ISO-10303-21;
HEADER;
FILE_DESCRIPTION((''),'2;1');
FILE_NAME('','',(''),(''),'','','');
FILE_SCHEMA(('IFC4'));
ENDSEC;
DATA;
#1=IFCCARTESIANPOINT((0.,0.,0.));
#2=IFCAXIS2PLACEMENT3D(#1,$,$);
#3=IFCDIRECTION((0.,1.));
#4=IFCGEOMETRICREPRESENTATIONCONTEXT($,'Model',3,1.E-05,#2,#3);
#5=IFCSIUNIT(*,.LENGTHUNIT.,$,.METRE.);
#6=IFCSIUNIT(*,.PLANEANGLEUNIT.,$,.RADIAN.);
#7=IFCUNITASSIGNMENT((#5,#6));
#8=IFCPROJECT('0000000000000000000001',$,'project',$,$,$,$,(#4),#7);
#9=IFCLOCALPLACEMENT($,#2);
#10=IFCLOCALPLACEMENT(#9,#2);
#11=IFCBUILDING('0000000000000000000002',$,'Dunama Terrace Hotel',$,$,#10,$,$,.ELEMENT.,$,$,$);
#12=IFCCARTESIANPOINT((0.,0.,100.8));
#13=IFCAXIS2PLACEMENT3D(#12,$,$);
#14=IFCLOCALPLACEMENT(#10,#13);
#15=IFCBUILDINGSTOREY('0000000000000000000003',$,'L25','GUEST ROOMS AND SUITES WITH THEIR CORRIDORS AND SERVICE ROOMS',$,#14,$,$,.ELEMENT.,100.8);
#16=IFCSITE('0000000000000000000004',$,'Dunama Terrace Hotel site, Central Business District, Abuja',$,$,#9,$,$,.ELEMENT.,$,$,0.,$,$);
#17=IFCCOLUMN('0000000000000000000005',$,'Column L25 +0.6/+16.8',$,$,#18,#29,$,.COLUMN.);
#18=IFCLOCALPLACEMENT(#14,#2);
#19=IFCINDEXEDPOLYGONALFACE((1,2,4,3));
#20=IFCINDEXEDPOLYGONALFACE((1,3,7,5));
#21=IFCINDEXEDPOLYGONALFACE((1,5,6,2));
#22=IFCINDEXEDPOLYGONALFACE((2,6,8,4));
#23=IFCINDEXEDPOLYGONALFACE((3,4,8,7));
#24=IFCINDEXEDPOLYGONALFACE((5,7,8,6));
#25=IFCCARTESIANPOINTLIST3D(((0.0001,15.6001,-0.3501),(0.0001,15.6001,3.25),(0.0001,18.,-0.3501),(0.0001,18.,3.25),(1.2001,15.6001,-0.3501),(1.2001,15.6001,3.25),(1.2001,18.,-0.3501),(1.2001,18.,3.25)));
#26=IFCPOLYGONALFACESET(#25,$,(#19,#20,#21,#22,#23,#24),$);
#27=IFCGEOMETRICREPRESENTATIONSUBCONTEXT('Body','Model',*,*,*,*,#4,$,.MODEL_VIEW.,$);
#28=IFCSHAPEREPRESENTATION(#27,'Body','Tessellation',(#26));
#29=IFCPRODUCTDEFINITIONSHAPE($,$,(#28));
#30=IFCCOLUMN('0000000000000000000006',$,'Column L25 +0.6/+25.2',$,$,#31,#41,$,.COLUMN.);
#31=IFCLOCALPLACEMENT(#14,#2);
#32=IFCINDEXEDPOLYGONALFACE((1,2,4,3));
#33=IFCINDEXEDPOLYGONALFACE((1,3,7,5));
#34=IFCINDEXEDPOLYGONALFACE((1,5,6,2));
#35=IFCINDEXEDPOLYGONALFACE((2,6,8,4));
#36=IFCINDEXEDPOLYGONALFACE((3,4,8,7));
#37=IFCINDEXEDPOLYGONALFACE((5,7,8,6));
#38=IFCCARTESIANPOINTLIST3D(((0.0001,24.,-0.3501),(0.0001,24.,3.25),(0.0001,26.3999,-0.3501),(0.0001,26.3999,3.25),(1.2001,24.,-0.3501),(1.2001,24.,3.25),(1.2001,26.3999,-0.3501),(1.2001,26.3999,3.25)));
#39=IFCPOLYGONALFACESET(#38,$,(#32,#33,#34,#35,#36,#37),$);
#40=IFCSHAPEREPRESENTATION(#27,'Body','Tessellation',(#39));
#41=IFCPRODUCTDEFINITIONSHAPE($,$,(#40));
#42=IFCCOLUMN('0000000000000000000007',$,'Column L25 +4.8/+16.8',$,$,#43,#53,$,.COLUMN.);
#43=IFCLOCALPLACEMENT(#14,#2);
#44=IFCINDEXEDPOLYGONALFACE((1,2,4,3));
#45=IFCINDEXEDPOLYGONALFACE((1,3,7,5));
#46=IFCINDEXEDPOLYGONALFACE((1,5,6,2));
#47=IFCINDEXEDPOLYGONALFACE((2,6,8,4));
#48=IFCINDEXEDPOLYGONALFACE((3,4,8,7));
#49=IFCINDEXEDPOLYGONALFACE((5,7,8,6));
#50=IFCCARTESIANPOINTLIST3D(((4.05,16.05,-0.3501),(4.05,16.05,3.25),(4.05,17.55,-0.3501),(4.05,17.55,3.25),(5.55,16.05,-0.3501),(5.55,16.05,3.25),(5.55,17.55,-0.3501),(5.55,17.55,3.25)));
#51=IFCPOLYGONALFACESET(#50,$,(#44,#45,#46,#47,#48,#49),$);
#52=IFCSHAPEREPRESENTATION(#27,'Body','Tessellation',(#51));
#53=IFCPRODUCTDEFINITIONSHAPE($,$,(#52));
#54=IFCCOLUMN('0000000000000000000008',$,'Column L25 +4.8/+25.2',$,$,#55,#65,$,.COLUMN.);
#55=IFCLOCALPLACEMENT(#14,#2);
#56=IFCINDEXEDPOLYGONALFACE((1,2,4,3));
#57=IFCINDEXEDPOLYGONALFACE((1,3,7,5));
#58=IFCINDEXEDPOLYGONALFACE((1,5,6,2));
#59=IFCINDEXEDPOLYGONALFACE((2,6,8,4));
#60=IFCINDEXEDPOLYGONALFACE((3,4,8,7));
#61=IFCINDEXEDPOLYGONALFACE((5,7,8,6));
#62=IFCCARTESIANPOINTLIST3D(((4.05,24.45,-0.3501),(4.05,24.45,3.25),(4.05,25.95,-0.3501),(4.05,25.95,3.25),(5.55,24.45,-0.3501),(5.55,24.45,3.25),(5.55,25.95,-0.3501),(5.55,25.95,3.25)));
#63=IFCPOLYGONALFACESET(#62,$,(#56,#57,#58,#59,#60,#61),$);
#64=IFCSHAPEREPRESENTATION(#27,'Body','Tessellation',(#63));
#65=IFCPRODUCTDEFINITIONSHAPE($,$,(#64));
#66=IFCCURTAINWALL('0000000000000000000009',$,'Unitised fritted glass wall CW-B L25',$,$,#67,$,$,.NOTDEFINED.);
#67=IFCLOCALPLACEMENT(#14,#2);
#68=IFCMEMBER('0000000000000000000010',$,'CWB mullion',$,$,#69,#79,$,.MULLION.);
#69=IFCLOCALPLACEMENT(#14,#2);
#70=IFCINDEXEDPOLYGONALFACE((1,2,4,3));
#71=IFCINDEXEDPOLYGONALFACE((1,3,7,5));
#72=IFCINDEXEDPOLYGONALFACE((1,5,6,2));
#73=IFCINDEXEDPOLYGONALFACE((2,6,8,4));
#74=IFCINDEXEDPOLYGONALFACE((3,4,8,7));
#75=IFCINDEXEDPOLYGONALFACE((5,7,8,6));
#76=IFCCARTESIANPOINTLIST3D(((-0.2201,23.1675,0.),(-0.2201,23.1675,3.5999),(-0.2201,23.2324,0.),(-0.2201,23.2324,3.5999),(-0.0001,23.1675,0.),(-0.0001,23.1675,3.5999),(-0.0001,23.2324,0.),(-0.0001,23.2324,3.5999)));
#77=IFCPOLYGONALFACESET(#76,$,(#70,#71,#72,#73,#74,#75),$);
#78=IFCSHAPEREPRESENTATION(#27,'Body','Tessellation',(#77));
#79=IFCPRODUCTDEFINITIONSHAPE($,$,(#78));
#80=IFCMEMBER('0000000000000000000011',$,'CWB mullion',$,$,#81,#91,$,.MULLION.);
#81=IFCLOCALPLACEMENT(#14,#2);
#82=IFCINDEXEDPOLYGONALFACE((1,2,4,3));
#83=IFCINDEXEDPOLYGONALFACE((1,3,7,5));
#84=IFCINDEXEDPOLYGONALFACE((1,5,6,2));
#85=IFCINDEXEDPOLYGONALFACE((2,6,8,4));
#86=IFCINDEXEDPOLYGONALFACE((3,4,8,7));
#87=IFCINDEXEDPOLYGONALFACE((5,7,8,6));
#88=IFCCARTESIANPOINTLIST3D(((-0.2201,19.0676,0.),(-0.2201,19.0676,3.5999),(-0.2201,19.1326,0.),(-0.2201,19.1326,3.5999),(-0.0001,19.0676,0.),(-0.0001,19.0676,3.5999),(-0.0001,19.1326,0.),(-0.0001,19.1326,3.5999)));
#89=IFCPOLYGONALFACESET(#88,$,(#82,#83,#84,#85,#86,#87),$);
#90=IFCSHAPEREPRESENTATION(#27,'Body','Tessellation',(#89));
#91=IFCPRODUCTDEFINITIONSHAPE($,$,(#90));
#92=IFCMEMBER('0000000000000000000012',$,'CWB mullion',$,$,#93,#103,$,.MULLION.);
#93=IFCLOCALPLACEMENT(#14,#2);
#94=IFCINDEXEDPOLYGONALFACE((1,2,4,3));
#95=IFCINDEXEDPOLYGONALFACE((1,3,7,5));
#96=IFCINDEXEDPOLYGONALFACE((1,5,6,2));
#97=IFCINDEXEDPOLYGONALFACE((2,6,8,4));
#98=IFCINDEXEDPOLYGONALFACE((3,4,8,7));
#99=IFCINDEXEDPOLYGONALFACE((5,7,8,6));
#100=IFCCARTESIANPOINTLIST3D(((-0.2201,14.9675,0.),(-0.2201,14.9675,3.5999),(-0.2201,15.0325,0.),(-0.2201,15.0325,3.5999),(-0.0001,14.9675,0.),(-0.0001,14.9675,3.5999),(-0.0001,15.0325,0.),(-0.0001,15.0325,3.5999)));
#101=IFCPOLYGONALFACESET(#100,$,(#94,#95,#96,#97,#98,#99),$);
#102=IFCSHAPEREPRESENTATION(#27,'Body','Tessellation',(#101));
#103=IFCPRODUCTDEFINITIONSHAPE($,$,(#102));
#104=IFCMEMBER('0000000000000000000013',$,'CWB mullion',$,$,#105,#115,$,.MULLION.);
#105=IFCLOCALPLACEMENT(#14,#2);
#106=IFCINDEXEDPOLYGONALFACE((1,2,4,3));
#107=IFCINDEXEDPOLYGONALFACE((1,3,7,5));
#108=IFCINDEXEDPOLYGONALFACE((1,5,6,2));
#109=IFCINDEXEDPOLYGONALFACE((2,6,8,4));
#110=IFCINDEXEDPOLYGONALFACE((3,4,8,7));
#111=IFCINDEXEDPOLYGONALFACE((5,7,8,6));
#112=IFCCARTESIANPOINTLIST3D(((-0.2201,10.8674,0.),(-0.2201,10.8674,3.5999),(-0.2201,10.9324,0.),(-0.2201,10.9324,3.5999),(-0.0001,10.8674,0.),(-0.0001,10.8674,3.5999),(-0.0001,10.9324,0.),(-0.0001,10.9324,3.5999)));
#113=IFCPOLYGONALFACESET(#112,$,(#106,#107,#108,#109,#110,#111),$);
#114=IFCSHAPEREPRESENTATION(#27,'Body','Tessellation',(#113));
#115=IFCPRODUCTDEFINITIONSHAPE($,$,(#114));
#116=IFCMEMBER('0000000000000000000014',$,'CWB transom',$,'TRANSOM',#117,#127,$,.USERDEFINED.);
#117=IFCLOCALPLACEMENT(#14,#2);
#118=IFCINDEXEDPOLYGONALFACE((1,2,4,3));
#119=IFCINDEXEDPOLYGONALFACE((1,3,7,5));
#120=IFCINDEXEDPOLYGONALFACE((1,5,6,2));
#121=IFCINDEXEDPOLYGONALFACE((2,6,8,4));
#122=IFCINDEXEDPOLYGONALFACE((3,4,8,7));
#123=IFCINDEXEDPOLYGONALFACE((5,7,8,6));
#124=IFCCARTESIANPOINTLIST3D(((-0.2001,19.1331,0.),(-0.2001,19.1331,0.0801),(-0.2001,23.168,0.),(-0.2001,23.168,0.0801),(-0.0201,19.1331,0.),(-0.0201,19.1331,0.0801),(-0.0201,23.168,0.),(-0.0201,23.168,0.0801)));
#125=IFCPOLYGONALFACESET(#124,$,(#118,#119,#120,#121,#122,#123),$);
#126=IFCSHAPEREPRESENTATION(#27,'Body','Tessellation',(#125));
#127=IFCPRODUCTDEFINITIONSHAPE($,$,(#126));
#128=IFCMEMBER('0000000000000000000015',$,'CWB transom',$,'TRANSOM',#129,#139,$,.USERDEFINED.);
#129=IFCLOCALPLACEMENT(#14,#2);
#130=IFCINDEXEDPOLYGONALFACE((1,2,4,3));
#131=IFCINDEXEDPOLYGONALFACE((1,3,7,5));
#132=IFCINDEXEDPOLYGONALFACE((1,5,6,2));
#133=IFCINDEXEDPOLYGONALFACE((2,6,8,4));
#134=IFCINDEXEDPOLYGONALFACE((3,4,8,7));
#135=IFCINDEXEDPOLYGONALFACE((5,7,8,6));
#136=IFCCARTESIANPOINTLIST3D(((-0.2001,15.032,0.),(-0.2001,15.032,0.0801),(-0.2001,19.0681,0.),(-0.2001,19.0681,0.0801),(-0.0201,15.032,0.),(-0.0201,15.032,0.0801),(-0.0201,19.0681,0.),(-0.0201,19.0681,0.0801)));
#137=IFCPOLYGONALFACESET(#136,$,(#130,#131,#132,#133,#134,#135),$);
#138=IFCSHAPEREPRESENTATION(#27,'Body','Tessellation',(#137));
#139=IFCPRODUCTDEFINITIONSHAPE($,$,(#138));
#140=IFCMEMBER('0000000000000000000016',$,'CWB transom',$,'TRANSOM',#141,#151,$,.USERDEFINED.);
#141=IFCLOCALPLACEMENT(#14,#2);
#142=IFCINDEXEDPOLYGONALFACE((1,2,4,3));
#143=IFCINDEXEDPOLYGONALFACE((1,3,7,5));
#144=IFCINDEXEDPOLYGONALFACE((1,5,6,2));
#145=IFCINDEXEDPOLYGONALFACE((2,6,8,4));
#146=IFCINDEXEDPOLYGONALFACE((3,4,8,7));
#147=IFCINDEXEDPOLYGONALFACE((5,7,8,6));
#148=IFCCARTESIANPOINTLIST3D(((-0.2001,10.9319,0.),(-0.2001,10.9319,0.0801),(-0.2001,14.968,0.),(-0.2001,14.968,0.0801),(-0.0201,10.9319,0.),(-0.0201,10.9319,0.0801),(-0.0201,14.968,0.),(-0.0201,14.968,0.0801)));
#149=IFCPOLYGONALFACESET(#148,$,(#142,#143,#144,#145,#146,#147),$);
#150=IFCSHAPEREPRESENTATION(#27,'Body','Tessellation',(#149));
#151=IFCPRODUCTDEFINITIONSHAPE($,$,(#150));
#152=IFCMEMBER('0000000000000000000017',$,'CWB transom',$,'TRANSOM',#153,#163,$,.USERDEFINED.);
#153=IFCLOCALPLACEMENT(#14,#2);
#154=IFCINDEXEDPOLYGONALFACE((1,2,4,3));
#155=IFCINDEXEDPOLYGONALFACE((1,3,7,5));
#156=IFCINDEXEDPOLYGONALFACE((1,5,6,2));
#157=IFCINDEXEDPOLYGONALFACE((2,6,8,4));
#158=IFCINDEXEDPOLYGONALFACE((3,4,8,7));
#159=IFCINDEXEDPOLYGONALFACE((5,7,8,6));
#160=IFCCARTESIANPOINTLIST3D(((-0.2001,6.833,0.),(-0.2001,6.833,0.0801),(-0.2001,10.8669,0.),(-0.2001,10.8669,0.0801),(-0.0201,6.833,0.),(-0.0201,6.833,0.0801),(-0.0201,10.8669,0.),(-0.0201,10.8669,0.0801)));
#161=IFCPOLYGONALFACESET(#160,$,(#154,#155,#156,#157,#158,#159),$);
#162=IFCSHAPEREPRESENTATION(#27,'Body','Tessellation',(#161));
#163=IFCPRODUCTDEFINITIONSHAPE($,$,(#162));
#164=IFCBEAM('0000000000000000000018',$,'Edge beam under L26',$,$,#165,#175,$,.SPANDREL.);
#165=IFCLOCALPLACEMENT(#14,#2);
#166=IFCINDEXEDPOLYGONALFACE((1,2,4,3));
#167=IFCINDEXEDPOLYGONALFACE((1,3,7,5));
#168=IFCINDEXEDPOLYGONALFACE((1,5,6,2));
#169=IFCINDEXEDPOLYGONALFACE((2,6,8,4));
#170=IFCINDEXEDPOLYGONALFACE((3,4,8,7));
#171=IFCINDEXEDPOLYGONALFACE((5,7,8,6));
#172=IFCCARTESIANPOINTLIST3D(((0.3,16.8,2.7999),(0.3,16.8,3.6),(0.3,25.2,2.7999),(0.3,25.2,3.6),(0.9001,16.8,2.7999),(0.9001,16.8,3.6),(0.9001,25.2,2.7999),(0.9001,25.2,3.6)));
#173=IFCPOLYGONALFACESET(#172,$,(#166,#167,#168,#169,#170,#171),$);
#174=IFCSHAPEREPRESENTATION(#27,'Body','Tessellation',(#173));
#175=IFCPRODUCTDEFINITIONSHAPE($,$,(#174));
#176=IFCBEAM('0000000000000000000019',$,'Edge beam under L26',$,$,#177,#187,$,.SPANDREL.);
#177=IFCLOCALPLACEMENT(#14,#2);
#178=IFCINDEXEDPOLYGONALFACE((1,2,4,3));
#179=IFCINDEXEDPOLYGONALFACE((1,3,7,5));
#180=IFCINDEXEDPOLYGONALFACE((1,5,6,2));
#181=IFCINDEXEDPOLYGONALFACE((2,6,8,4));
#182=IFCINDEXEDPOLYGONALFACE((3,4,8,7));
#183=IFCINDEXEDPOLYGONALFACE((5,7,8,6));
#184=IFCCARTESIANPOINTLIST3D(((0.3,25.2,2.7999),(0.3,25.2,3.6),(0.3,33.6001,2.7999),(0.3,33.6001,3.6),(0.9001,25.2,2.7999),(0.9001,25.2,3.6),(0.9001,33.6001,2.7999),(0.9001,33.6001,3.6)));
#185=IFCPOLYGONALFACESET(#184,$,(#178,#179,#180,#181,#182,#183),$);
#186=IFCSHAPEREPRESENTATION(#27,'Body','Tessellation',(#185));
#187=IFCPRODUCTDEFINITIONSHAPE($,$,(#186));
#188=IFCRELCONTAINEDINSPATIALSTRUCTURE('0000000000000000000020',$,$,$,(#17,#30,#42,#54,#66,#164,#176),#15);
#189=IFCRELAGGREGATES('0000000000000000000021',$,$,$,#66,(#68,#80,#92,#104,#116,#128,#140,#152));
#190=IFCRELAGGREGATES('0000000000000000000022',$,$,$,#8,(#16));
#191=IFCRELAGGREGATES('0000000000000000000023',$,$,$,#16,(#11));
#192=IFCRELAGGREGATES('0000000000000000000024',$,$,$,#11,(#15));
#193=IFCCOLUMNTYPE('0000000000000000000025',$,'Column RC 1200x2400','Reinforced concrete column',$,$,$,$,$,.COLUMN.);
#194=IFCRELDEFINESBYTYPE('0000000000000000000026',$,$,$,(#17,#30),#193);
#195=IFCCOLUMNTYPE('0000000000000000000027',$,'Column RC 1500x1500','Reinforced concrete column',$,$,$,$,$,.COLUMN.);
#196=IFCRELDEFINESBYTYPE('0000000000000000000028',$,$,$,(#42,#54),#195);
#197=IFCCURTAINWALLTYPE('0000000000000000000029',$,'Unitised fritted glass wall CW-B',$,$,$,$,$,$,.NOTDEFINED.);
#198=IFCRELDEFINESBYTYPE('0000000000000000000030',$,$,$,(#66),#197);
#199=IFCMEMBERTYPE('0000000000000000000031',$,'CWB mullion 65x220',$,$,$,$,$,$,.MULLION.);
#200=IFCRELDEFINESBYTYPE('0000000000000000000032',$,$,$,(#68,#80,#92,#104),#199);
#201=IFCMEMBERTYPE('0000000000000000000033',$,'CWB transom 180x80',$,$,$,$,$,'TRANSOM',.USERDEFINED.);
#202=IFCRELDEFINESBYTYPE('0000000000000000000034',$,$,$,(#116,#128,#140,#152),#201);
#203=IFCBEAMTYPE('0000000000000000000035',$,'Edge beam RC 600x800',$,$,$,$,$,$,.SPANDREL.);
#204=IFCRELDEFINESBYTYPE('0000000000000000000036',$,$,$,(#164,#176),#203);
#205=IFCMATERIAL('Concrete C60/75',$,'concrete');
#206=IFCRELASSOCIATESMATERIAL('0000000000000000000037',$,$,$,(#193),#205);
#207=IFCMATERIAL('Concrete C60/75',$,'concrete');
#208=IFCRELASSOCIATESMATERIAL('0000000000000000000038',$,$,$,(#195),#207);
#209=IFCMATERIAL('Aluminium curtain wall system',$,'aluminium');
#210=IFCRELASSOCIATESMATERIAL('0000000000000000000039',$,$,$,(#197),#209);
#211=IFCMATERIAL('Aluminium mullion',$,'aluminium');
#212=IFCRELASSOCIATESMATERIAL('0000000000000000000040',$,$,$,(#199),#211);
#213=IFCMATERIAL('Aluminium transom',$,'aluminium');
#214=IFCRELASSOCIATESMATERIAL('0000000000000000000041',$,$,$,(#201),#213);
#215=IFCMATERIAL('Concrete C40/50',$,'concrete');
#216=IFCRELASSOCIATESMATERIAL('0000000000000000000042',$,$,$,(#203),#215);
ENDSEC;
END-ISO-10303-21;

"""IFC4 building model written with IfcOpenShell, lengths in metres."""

from ifc_helpers import new_model, si_unit, direction, frame, origin, origin_2d, place, context, subcontext, project, spatial, rectangle, extrude, material, material_profile, profile_set, type_object, element, aggregate, save


model = new_model("IFC4")

# Units and contexts
model_context = context("Model", 3, precision=1e-05, world=origin(), true_north=direction((0.0, 1.0)))
body_context = subcontext(model_context, "Body", "Model", "MODEL_VIEW")
ifc_project = project(units=[si_unit("LENGTHUNIT", "METRE"), si_unit("PLANEANGLEUNIT", "RADIAN")], contexts=[model_context])

# Site, building, storey
site_placement = place(None, origin())
site = spatial("IfcSite", under=ifc_project, at=site_placement, Name="Dunama Terrace Hotel site, Central Business District, Abuja", CompositionType="ELEMENT", RefElevation=0.0)
building_placement = place(site_placement, origin())
building = spatial("IfcBuilding", under=site, at=building_placement, Name="Dunama Terrace Hotel", CompositionType="ELEMENT")
storey_placement = place(building_placement, frame((0.0, 0.0, 100.8)))
storey = spatial("IfcBuildingStorey", under=building, at=storey_placement, Name="L25", Description="GUEST ROOMS AND SUITES WITH THEIR CORRIDORS AND SERVICE ROOMS", CompositionType="ELEMENT", Elevation=100.8)

# Columns
ifc_material_1 = material(Name="Concrete C60/75", Category="concrete")
ifc_material_profile_1 = material_profile(ifc_material_1, rectangle(XDim=1.2, YDim=2.3999, at=origin_2d()), Name="RC 1200x2400")
ifc_profile_set_1 = profile_set([ifc_material_profile_1], Name="Concrete C60/75")
column_type_1 = type_object("IfcColumnType", Name="Column RC 1200x2400", Description="Reinforced concrete column", PredefinedType="COLUMN", material=ifc_profile_set_1)
for number, where, z_axis, x_axis, name in (
    (1, (0.6001, 16.8, -0.3501), (0.0, 0.0, 1.0), (1.0, 0.0, 0.0), "Column L25 +0.6/+16.8"),
    (2, (0.6001, 25.2, -0.3501), (0.0, 0.0, 1.0), (1.0, 0.0, 0.0), "Column L25 +0.6/+25.2"),
):
    element("IfcColumn", number, at=place(storey_placement, frame(where, z_axis=z_axis, x_axis=x_axis)), inside=storey, type_object=column_type_1, Name=name, PredefinedType="COLUMN", context=body_context, shape_type="SweptSolid", body=[
        extrude(rectangle(XDim=1.2, YDim=2.3999, at=origin_2d()), origin(), (0.0, 0.0, 1.0), 3.6001),
    ])
ifc_material_2 = material(Name="Concrete C60/75", Category="concrete")
ifc_material_profile_2 = material_profile(ifc_material_2, rectangle(XDim=1.5, YDim=1.5, at=origin_2d()), Name="RC 1500x1500")
ifc_profile_set_2 = profile_set([ifc_material_profile_2], Name="Concrete C60/75")
column_type_2 = type_object("IfcColumnType", Name="Column RC 1500x1500", Description="Reinforced concrete column", PredefinedType="COLUMN", material=ifc_profile_set_2)
for number, where, z_axis, x_axis, name in (
    (3, (4.8, 16.8, -0.3501), (0.0, 0.0, 1.0), (1.0, 0.0, 0.0), "Column L25 +4.8/+16.8"),
    (4, (4.8, 25.2, -0.3501), (0.0, 0.0, 1.0), (1.0, 0.0, 0.0), "Column L25 +4.8/+25.2"),
):
    element("IfcColumn", number, at=place(storey_placement, frame(where, z_axis=z_axis, x_axis=x_axis)), inside=storey, type_object=column_type_2, Name=name, PredefinedType="COLUMN", context=body_context, shape_type="SweptSolid", body=[
        extrude(rectangle(XDim=1.5, YDim=1.5, at=origin_2d()), origin(), (0.0, 0.0, 1.0), 3.6001),
    ])

# Curtain wall, members
ifc_material_3 = material(Name="Aluminium curtain wall system", Category="aluminium")
curtain_wall_type = type_object("IfcCurtainWallType", Name="Unitised fritted glass wall CW-B", PredefinedType="NOTDEFINED", material=ifc_material_3)
curtain_wall_placement = place(storey_placement, origin())
curtain_wall = element("IfcCurtainWall", 5, at=curtain_wall_placement, inside=storey, type_object=curtain_wall_type, Name="Unitised fritted glass wall CW-B L25", PredefinedType="NOTDEFINED")
ifc_material_4 = material(Name="Aluminium mullion", Category="aluminium")
ifc_material_profile_3 = material_profile(ifc_material_4, rectangle(XDim=0.0649, YDim=0.22, at=origin_2d()), Name="CWB MULLION 65X220")
ifc_profile_set_3 = profile_set([ifc_material_profile_3], Name="Aluminium mullion")
member_type_1 = type_object("IfcMemberType", Name="CWB mullion 65x220", PredefinedType="MULLION", material=ifc_profile_set_3)
member_1_placement = place(storey_placement, frame((-0.1101, 23.2, 0.0), z_axis=(0.0, 0.0, 1.0), x_axis=(0.0, -1.0, 0.0)))
member_1 = element("IfcMember", 6, at=member_1_placement, type_object=member_type_1, Name="CWB mullion", PredefinedType="MULLION", context=body_context, shape_type="SweptSolid", body=[
    extrude(rectangle(XDim=0.0649, YDim=0.22, at=origin_2d()), origin(), (0.0, 0.0, 1.0), 3.5999),
])
member_2_placement = place(storey_placement, frame((-0.1101, 19.1001, 0.0), z_axis=(0.0, 0.0, 1.0), x_axis=(0.0, -1.0, 0.0)))
member_2 = element("IfcMember", 7, at=member_2_placement, type_object=member_type_1, Name="CWB mullion", PredefinedType="MULLION", context=body_context, shape_type="SweptSolid", body=[
    extrude(rectangle(XDim=0.0649, YDim=0.22, at=origin_2d()), origin(), (0.0, 0.0, 1.0), 3.5999),
])
member_3_placement = place(storey_placement, frame((-0.1101, 15.0, 0.0), z_axis=(0.0, 0.0, 1.0), x_axis=(0.0, -1.0, 0.0)))
member_3 = element("IfcMember", 8, at=member_3_placement, type_object=member_type_1, Name="CWB mullion", PredefinedType="MULLION", context=body_context, shape_type="SweptSolid", body=[
    extrude(rectangle(XDim=0.0649, YDim=0.22, at=origin_2d()), origin(), (0.0, 0.0, 1.0), 3.5999),
])
member_4_placement = place(storey_placement, frame((-0.1101, 10.8999, 0.0), z_axis=(0.0, 0.0, 1.0), x_axis=(0.0, -1.0, 0.0)))
member_4 = element("IfcMember", 9, at=member_4_placement, type_object=member_type_1, Name="CWB mullion", PredefinedType="MULLION", context=body_context, shape_type="SweptSolid", body=[
    extrude(rectangle(XDim=0.0649, YDim=0.22, at=origin_2d()), origin(), (0.0, 0.0, 1.0), 3.5999),
])
ifc_material_5 = material(Name="Aluminium transom", Category="aluminium")
ifc_material_profile_4 = material_profile(ifc_material_5, rectangle(XDim=0.1799, YDim=0.0801, at=origin_2d()), Name="CWB TRANSOM 180X80")
ifc_profile_set_4 = profile_set([ifc_material_profile_4], Name="Aluminium transom")
member_type_2 = type_object("IfcMemberType", Name="CWB transom 180x80", ElementType="TRANSOM", PredefinedType="USERDEFINED", material=ifc_profile_set_4)
member_5_placement = place(storey_placement, frame((-0.1101, 23.168, 0.04), z_axis=(0.0, -1.0, 0.0), x_axis=(1.0, 0.0, 0.0)))
member_5 = element("IfcMember", 10, at=member_5_placement, type_object=member_type_2, Name="CWB transom", ObjectType="TRANSOM", PredefinedType="USERDEFINED", context=body_context, shape_type="SweptSolid", body=[
    extrude(rectangle(XDim=0.1799, YDim=0.0801, at=origin_2d()), origin(), (0.0, 0.0, 1.0), 4.0349),
])
member_6_placement = place(storey_placement, frame((-0.1101, 19.0681, 0.04), z_axis=(0.0, -1.0, 0.0), x_axis=(1.0, 0.0, 0.0)))
member_6 = element("IfcMember", 11, at=member_6_placement, type_object=member_type_2, Name="CWB transom", ObjectType="TRANSOM", PredefinedType="USERDEFINED", context=body_context, shape_type="SweptSolid", body=[
    extrude(rectangle(XDim=0.1799, YDim=0.0801, at=origin_2d()), origin(), (0.0, 0.0, 1.0), 4.0361),
])
member_7_placement = place(storey_placement, frame((-0.1101, 14.968, 0.04), z_axis=(0.0, -1.0, 0.0), x_axis=(1.0, 0.0, 0.0)))
member_7 = element("IfcMember", 12, at=member_7_placement, type_object=member_type_2, Name="CWB transom", ObjectType="TRANSOM", PredefinedType="USERDEFINED", context=body_context, shape_type="SweptSolid", body=[
    extrude(rectangle(XDim=0.1799, YDim=0.0801, at=origin_2d()), origin(), (0.0, 0.0, 1.0), 4.0361),
])
member_8_placement = place(storey_placement, frame((-0.1101, 10.8669, 0.04), z_axis=(0.0, -1.0, 0.0), x_axis=(1.0, 0.0, 0.0)))
member_8 = element("IfcMember", 13, at=member_8_placement, type_object=member_type_2, Name="CWB transom", ObjectType="TRANSOM", PredefinedType="USERDEFINED", context=body_context, shape_type="SweptSolid", body=[
    extrude(rectangle(XDim=0.1799, YDim=0.0801, at=origin_2d()), origin(), (0.0, 0.0, 1.0), 4.0339),
])

# Beams
ifc_material_6 = material(Name="Concrete C40/50", Category="concrete")
ifc_material_profile_5 = material_profile(ifc_material_6, rectangle(XDim=0.6001, YDim=0.8, at=origin_2d()), Name="RC 600x800")
ifc_profile_set_5 = profile_set([ifc_material_profile_5], Name="Concrete C40/50")
beam_type = type_object("IfcBeamType", Name="Edge beam RC 600x800", PredefinedType="SPANDREL", material=ifc_profile_set_5)
beam_1_placement = place(storey_placement, frame((0.6001, 16.8, 3.2), z_axis=(0.0, 1.0, 0.0), x_axis=(-1.0, 0.0, 0.0)))
element("IfcBeam", 14, at=beam_1_placement, inside=storey, type_object=beam_type, Name="Edge beam under L26", PredefinedType="SPANDREL", context=body_context, shape_type="SweptSolid", body=[
    extrude(rectangle(XDim=0.6001, YDim=0.8, at=origin_2d()), origin(), (0.0, 0.0, 1.0), 8.3999),
])
beam_2_placement = place(storey_placement, frame((0.6001, 25.2, 3.2), z_axis=(0.0, 1.0, 0.0), x_axis=(-1.0, 0.0, 0.0)))
element("IfcBeam", 15, at=beam_2_placement, inside=storey, type_object=beam_type, Name="Edge beam under L26", PredefinedType="SPANDREL", context=body_context, shape_type="SweptSolid", body=[
    extrude(rectangle(XDim=0.6001, YDim=0.8, at=origin_2d()), origin(), (0.0, 0.0, 1.0), 8.4001),
])

aggregate(curtain_wall, [member_1, member_2, member_3, member_4, member_5, member_6, member_7, member_8])

save(model, "model.ifc")
